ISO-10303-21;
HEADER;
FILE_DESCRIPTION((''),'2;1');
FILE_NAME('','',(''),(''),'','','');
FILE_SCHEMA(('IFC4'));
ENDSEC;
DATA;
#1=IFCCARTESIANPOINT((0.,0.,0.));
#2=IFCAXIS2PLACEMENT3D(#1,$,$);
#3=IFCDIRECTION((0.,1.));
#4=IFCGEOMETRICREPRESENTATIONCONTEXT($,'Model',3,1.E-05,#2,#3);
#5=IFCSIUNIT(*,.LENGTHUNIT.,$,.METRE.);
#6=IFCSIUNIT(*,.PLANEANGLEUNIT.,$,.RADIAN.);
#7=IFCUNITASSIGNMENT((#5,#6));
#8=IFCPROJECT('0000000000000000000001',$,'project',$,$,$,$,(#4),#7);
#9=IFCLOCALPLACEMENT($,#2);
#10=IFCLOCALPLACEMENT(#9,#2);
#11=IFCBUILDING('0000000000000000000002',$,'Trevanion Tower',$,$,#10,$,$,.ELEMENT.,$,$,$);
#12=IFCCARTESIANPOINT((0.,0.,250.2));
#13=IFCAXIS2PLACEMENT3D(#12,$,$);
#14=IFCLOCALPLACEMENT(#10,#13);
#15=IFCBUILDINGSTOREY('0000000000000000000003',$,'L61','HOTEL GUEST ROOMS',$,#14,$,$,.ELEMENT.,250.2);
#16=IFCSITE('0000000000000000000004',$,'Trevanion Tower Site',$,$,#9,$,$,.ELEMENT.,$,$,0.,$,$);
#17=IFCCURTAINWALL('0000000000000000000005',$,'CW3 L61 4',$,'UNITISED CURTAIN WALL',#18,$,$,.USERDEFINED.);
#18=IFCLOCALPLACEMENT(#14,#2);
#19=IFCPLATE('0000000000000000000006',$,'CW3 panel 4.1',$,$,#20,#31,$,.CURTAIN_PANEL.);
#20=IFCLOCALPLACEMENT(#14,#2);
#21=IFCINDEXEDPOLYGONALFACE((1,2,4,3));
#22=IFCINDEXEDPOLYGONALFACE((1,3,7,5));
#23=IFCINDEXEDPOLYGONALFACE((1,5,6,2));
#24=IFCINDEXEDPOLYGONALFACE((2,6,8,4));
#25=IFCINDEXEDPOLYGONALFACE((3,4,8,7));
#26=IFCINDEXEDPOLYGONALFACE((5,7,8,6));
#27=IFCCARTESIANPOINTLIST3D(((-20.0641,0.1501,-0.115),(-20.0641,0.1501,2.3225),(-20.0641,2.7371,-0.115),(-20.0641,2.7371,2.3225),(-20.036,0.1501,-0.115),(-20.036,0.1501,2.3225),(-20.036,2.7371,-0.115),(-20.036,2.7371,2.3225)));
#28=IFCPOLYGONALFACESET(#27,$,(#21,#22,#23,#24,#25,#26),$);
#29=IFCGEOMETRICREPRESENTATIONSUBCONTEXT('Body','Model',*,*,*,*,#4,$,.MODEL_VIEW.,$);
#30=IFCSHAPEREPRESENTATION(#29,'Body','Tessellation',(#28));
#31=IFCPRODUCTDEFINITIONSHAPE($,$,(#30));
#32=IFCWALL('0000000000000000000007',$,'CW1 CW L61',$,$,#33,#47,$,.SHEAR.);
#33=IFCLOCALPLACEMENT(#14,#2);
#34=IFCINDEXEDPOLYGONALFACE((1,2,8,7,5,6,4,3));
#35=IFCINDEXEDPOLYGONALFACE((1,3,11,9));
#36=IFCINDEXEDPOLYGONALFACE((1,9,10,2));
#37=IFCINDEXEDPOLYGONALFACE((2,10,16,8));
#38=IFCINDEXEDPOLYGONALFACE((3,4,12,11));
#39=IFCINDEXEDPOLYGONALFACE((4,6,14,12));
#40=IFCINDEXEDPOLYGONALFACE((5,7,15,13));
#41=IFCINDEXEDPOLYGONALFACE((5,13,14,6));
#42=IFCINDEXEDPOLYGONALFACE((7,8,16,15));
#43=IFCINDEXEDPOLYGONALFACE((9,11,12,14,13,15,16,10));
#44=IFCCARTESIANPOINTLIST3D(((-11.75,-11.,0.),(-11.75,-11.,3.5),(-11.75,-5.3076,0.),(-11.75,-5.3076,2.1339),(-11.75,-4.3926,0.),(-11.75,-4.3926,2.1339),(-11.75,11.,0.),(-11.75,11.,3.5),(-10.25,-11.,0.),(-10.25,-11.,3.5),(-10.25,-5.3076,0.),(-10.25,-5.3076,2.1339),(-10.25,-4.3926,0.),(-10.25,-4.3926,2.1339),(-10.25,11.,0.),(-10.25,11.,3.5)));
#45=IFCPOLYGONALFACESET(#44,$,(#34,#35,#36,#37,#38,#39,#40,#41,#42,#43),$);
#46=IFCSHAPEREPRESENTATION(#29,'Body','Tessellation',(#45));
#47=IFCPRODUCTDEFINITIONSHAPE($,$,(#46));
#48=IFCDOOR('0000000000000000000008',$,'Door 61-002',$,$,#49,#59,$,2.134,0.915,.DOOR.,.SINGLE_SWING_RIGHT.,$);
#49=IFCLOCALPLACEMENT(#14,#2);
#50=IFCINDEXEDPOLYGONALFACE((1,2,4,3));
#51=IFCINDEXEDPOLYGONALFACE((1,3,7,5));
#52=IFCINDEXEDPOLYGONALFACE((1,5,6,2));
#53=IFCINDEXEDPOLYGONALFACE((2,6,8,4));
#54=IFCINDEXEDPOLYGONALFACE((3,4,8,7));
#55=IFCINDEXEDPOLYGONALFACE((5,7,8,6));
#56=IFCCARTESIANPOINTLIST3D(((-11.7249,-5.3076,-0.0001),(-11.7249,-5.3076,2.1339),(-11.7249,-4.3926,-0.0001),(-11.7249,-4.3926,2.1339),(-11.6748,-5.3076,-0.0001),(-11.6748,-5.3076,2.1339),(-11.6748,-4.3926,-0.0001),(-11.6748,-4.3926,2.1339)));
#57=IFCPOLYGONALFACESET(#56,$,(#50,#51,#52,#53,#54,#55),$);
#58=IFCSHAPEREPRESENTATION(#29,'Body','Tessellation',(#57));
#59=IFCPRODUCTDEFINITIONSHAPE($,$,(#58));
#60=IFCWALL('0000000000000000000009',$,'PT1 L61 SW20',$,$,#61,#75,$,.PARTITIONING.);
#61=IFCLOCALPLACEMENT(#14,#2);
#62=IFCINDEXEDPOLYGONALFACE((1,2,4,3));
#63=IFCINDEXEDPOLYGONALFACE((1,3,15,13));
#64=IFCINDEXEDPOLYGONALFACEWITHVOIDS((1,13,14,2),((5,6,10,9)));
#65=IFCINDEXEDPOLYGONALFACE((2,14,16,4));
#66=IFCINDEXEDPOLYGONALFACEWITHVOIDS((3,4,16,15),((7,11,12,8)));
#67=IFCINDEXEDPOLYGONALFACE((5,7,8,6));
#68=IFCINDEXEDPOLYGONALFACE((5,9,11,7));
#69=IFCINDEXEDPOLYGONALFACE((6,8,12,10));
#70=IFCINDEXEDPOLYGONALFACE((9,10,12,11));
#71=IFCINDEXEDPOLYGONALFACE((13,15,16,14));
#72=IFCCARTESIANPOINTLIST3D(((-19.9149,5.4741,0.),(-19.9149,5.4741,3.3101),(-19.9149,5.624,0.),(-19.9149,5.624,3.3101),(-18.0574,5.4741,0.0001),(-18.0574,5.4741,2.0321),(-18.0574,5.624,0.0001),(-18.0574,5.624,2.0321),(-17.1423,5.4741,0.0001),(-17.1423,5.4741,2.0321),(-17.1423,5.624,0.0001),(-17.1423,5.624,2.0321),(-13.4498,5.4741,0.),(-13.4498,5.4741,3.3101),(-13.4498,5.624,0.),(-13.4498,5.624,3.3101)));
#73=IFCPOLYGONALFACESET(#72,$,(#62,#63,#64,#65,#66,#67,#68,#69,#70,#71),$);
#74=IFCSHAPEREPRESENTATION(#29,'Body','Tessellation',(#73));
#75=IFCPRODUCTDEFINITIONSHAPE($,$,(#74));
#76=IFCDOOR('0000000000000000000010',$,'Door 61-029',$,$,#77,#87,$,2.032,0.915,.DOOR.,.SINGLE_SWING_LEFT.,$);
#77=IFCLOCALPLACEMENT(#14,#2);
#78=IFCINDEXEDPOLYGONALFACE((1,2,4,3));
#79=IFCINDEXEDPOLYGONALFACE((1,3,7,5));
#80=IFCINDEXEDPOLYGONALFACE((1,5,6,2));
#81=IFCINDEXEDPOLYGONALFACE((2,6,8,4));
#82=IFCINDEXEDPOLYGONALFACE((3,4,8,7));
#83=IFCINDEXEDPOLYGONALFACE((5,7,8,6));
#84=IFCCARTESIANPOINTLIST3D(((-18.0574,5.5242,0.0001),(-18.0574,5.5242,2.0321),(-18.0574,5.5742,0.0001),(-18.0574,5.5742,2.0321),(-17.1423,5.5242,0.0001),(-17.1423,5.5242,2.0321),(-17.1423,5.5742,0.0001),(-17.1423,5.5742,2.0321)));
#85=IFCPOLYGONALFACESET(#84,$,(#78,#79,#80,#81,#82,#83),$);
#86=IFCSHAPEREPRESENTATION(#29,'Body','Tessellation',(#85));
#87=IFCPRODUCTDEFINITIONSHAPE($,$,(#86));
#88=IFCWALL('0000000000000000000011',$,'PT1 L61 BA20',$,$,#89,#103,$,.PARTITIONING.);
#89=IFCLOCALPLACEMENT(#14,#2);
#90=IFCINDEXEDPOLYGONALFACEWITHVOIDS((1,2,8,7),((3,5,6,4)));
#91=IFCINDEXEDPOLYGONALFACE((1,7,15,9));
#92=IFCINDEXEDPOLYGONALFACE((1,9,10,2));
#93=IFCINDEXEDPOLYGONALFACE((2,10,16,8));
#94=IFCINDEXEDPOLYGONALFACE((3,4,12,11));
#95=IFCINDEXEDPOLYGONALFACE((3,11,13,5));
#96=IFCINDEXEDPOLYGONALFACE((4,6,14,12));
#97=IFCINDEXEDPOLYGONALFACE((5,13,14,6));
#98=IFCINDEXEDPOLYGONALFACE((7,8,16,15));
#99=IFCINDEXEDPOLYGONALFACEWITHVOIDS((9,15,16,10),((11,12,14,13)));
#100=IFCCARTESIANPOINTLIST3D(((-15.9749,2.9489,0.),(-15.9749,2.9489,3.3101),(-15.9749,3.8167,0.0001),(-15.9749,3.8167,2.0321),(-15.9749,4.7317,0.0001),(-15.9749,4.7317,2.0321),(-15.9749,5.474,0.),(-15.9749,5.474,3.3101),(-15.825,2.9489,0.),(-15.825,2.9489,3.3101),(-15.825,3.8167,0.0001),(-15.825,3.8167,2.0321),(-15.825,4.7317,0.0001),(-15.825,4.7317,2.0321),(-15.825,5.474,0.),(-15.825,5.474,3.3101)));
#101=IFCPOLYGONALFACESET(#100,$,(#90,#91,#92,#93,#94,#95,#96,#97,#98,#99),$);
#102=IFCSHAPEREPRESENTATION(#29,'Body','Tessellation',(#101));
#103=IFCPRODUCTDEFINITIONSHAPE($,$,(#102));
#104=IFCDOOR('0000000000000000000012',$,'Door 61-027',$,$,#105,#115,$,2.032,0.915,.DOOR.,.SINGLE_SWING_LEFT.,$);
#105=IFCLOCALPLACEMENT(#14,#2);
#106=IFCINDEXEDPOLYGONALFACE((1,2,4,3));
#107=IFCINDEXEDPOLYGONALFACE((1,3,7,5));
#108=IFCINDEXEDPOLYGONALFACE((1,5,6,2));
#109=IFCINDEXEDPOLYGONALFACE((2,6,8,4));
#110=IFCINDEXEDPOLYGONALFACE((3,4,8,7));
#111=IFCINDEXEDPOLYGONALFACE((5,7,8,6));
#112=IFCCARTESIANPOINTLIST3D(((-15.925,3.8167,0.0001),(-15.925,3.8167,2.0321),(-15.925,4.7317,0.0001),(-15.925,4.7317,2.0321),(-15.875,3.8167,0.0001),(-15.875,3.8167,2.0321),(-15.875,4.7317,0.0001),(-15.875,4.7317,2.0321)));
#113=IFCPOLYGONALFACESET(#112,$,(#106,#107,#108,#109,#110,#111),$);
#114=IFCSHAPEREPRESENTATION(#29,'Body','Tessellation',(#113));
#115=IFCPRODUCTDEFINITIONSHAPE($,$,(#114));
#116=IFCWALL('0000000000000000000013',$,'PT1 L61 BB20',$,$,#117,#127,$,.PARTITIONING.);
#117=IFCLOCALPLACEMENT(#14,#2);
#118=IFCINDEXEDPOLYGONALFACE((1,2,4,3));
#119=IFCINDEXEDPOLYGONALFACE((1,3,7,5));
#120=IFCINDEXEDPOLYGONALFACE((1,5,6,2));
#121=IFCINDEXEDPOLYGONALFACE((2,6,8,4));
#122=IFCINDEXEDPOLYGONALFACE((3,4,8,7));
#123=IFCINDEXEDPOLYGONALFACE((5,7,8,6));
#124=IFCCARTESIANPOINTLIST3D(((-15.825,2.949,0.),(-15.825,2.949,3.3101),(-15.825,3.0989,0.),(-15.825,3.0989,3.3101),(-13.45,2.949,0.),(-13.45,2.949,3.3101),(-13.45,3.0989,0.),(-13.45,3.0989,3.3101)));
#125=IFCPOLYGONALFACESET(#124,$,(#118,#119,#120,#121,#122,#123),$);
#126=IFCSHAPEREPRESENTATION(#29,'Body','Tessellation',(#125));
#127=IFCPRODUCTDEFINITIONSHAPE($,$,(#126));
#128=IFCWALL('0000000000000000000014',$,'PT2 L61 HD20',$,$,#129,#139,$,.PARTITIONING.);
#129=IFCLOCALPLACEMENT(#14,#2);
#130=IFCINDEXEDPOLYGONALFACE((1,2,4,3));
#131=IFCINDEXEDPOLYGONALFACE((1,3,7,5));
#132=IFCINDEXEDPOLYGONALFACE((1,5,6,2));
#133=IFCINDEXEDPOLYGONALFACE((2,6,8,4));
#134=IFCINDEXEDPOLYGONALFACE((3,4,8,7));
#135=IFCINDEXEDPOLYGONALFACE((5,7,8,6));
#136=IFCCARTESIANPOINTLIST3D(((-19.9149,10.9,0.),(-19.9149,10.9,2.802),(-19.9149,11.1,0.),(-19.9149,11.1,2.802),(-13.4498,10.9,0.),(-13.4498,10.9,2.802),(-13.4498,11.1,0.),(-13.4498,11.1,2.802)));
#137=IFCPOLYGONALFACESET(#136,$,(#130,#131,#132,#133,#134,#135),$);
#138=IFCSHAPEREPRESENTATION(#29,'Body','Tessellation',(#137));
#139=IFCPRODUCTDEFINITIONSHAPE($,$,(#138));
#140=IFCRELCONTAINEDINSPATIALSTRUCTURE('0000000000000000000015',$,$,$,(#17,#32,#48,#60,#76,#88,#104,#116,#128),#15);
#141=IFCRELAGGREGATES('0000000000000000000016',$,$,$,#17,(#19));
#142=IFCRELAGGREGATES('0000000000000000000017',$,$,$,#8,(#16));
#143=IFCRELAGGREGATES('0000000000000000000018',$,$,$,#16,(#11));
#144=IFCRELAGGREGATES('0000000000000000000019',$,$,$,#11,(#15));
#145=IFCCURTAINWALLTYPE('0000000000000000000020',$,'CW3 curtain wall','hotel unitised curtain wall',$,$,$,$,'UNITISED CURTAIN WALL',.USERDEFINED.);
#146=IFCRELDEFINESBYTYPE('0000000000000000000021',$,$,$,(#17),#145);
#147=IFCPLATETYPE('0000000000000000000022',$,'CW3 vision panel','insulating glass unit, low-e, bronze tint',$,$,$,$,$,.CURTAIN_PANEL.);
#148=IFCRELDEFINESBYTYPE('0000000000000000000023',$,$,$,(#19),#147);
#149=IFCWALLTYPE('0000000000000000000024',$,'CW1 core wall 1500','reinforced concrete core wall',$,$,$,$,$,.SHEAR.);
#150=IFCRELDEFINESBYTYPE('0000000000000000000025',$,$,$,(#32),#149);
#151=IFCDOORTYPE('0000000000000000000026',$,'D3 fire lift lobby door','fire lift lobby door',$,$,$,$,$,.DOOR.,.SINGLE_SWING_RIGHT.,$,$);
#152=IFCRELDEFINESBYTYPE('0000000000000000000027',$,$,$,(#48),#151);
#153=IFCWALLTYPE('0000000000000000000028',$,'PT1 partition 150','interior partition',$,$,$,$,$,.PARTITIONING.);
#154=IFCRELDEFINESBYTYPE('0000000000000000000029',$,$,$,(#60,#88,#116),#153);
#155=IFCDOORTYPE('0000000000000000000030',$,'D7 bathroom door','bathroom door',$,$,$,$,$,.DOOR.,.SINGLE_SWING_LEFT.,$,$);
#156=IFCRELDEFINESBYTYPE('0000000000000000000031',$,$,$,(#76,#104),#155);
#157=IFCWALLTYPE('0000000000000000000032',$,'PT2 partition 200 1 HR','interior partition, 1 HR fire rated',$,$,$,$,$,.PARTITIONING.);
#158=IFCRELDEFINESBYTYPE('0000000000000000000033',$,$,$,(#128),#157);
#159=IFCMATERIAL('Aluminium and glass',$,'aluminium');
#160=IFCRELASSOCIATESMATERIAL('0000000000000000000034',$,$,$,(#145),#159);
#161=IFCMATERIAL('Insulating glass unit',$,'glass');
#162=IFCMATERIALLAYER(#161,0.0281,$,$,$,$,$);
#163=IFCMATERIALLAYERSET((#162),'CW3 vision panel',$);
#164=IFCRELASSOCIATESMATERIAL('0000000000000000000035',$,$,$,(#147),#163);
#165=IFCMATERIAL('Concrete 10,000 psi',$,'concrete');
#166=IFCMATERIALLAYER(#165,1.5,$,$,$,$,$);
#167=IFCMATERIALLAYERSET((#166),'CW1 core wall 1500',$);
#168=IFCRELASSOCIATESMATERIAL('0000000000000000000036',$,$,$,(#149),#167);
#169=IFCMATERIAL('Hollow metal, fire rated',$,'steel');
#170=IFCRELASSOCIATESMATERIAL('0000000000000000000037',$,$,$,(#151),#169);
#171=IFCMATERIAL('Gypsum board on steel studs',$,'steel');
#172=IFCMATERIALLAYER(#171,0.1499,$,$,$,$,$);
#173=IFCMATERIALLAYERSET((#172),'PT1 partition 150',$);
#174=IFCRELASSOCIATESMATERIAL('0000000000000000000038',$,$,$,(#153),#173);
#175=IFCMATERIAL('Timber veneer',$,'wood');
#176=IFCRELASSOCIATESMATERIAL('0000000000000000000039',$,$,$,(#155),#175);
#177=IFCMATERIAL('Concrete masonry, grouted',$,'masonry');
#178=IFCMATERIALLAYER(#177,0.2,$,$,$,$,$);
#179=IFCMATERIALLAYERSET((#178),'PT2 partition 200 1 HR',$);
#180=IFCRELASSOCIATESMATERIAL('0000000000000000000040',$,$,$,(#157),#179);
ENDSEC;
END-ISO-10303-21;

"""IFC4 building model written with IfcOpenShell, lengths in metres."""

from ifc_helpers import new_model, si_unit, direction, frame, frame_2d, origin, origin_2d, place, context, subcontext, project, spatial, rectangle, extrude, material, layer, layer_set, type_object, element, fill, aggregate, save


model = new_model("IFC4")

# Units and contexts
model_context = context("Model", 3, precision=1e-05, world=origin(), true_north=direction((0.0, 1.0)))
body_context = subcontext(model_context, "Body", "Model", "MODEL_VIEW")
ifc_project = project(units=[si_unit("LENGTHUNIT", "METRE"), si_unit("PLANEANGLEUNIT", "RADIAN")], contexts=[model_context])

# Site, building, storey
site_placement = place(None, origin())
site = spatial("IfcSite", under=ifc_project, at=site_placement, Name="Trevanion Tower Site", CompositionType="ELEMENT", RefElevation=0.0)
building_placement = place(site_placement, origin())
building = spatial("IfcBuilding", under=site, at=building_placement, Name="Trevanion Tower", CompositionType="ELEMENT")
storey_placement = place(building_placement, frame((0.0, 0.0, 250.2)))
storey = spatial("IfcBuildingStorey", under=building, at=storey_placement, Name="L61", Description="HOTEL GUEST ROOMS", CompositionType="ELEMENT", Elevation=250.2)

# Curtain wall
ifc_material_1 = material(Name="Aluminium and glass", Category="aluminium")
curtain_wall_type = type_object("IfcCurtainWallType", Name="CW3 curtain wall", Description="hotel unitised curtain wall", ElementType="UNITISED CURTAIN WALL", PredefinedType="USERDEFINED", material=ifc_material_1)
curtain_wall_placement = place(storey_placement, origin())
curtain_wall = element("IfcCurtainWall", 1, at=curtain_wall_placement, inside=storey, type_object=curtain_wall_type, Name="CW3 L61 4", ObjectType="UNITISED CURTAIN WALL", PredefinedType="USERDEFINED")

# Plate
ifc_material_2 = material(Name="Insulating glass unit", Category="glass")
ifc_layer_1 = layer(ifc_material_2, 0.0281)
ifc_layer_set_1 = layer_set([ifc_layer_1], Name="CW3 vision panel")
plate_type_1 = type_object("IfcPlateType", Name="CW3 vision panel", Description="insulating glass unit, low-e, bronze tint", PredefinedType="CURTAIN_PANEL", material=ifc_layer_set_1)
plate_1_placement = place(storey_placement, frame((-20.05, 1.4436, -0.115), z_axis=(0.0, 0.0, 1.0), x_axis=(0.0, -1.0, 0.0)))
plate_1 = element("IfcPlate", 2, at=plate_1_placement, type_object=plate_type_1, Name="CW3 panel 4.1", PredefinedType="CURTAIN_PANEL", context=body_context, shape_type="SweptSolid", body=[
    extrude(rectangle(XDim=2.5869, YDim=0.0281, at=origin_2d()), origin(), (0.0, 0.0, 1.0), 2.4375),
])
aggregate(curtain_wall, [plate_1])

# Walls, openings, doors
ifc_material_3 = material(Name="Concrete 10,000 psi", Category="concrete")
ifc_layer_2 = layer(ifc_material_3, 1.5)
ifc_layer_set_2 = layer_set([ifc_layer_2], Name="CW1 core wall 1500")
wall_type_1 = type_object("IfcWallType", Name="CW1 core wall 1500", Description="reinforced concrete core wall", PredefinedType="SHEAR", material=ifc_layer_set_2)
wall_1_placement = place(storey_placement, frame((-11.0, 11.0, 0.0), z_axis=(0.0, 0.0, 1.0), x_axis=(0.0, -1.0, 0.0)))
wall_1 = element("IfcWall", 3, at=wall_1_placement, inside=storey, type_object=wall_type_1, Name="CW1 CW L61", PredefinedType="SHEAR", context=body_context, shape_type="SweptSolid", body=[
    extrude(rectangle(XDim=22.0, YDim=1.5, at=frame_2d((11.0, 0.0))), origin(), (0.0, 0.0, 1.0), 3.5),
])
opening_1_placement = place(wall_1_placement, frame((15.3926, 0.0, 0.0)))
opening_1 = element("IfcOpeningElement", 4, at=opening_1_placement, cuts=wall_1, PredefinedType="OPENING", context=body_context, shape_type="SweptSolid", body=[
    extrude(rectangle(XDim=0.915, YDim=2.134, at=frame_2d((0.4575, 1.0669))), frame((0.0, 0.76, 0.0), z_axis=(0.0, -1.0, 0.0), x_axis=(1.0, 0.0, 0.0)), (0.0, 0.0, 1.0), 1.52),
])
ifc_material_4 = material(Name="Hollow metal, fire rated", Category="steel")
door_type_1 = type_object("IfcDoorType", Name="D3 fire lift lobby door", Description="fire lift lobby door", OperationType="SINGLE_SWING_RIGHT", PredefinedType="DOOR", material=ifc_material_4)
door_1_placement = place(opening_1_placement, origin())
door_1 = element("IfcDoor", 5, at=door_1_placement, inside=storey, type_object=door_type_1, Name="Door 61-002", OperationType="SINGLE_SWING_RIGHT", OverallHeight=2.134, OverallWidth=0.915, PredefinedType="DOOR", context=body_context, shape_type="SweptSolid", body=[
    extrude(rectangle(XDim=0.915, YDim=2.134, at=frame_2d((0.4575, 1.0669))), frame((0.0, -0.6748, 0.0), z_axis=(0.0, -1.0, 0.0), x_axis=(1.0, 0.0, 0.0)), (0.0, 0.0, 1.0), 0.05),
])
fill(opening_1, door_1)
ifc_material_5 = material(Name="Gypsum board on steel studs", Category="steel")
ifc_layer_3 = layer(ifc_material_5, 0.1499)
ifc_layer_set_3 = layer_set([ifc_layer_3], Name="PT1 partition 150")
wall_type_2 = type_object("IfcWallType", Name="PT1 partition 150", Description="interior partition", PredefinedType="PARTITIONING", material=ifc_layer_set_3)
wall_2_placement = place(storey_placement, frame((-13.45, 5.5491, 0.0), z_axis=(0.0, 0.0, 1.0), x_axis=(-1.0, 0.0, 0.0)))
wall_2 = element("IfcWall", 6, at=wall_2_placement, inside=storey, type_object=wall_type_2, Name="PT1 L61 SW20", PredefinedType="PARTITIONING", context=body_context, shape_type="SweptSolid", body=[
    extrude(rectangle(XDim=6.4651, YDim=0.1499, at=frame_2d((3.2324, 0.0))), origin(), (0.0, 0.0, 1.0), 3.3101),
])
opening_2_placement = place(wall_2_placement, frame((3.6924, 0.0, 0.0)))
opening_2 = element("IfcOpeningElement", 7, at=opening_2_placement, cuts=wall_2, PredefinedType="OPENING", context=body_context, shape_type="SweptSolid", body=[
    extrude(rectangle(XDim=0.915, YDim=2.032, at=frame_2d((0.4575, 1.0161))), frame((0.0, 0.085, 0.0), z_axis=(0.0, -1.0, 0.0), x_axis=(1.0, 0.0, 0.0)), (0.0, 0.0, 1.0), 0.1699),
])
ifc_material_6 = material(Name="Timber veneer", Category="wood")
door_type_2 = type_object("IfcDoorType", Name="D7 bathroom door", Description="bathroom door", OperationType="SINGLE_SWING_LEFT", PredefinedType="DOOR", material=ifc_material_6)
door_2_placement = place(opening_2_placement, origin())
door_2 = element("IfcDoor", 8, at=door_2_placement, inside=storey, type_object=door_type_2, Name="Door 61-029", OperationType="SINGLE_SWING_LEFT", OverallHeight=2.032, OverallWidth=0.915, PredefinedType="DOOR", context=body_context, shape_type="SweptSolid", body=[
    extrude(rectangle(XDim=0.915, YDim=2.032, at=frame_2d((0.4575, 1.0161))), frame((0.0, 0.0249, 0.0), z_axis=(0.0, -1.0, 0.0), x_axis=(1.0, 0.0, 0.0)), (0.0, 0.0, 1.0), 0.05),
])
fill(opening_2, door_2)
wall_3_placement = place(storey_placement, frame((-15.8999, 5.4741, 0.0), z_axis=(0.0, 0.0, 1.0), x_axis=(0.0, -1.0, 0.0)))
wall_3 = element("IfcWall", 9, at=wall_3_placement, inside=storey, type_object=wall_type_2, Name="PT1 L61 BA20", PredefinedType="PARTITIONING", context=body_context, shape_type="SweptSolid", body=[
    extrude(rectangle(XDim=2.5251, YDim=0.1499, at=frame_2d((1.2627, 0.0))), origin(), (0.0, 0.0, 1.0), 3.3101),
])
opening_3_placement = place(wall_3_placement, frame((0.7424, 0.0, 0.0)))
opening_3 = element("IfcOpeningElement", 10, at=opening_3_placement, cuts=wall_3, PredefinedType="OPENING", context=body_context, shape_type="SweptSolid", body=[
    extrude(rectangle(XDim=0.915, YDim=2.032, at=frame_2d((0.4575, 1.0161))), frame((0.0, 0.085, 0.0), z_axis=(0.0, -1.0, 0.0), x_axis=(1.0, 0.0, 0.0)), (0.0, 0.0, 1.0), 0.1699),
])
door_3_placement = place(opening_3_placement, origin())
door_3 = element("IfcDoor", 11, at=door_3_placement, inside=storey, type_object=door_type_2, Name="Door 61-027", OperationType="SINGLE_SWING_LEFT", OverallHeight=2.032, OverallWidth=0.915, PredefinedType="DOOR", context=body_context, shape_type="SweptSolid", body=[
    extrude(rectangle(XDim=0.915, YDim=2.032, at=frame_2d((0.4575, 1.0161))), frame((0.0, 0.0249, 0.0), z_axis=(0.0, -1.0, 0.0), x_axis=(1.0, 0.0, 0.0)), (0.0, 0.0, 1.0), 0.05),
])
fill(opening_3, door_3)

# Walls
wall_4_placement = place(storey_placement, frame((-13.45, 3.0239, 0.0), z_axis=(0.0, 0.0, 1.0), x_axis=(-1.0, 0.0, 0.0)))
element("IfcWall", 12, at=wall_4_placement, inside=storey, type_object=wall_type_2, Name="PT1 L61 BB20", PredefinedType="PARTITIONING", context=body_context, shape_type="SweptSolid", body=[
    extrude(rectangle(XDim=2.375, YDim=0.1499, at=frame_2d((1.1875, 0.0))), origin(), (0.0, 0.0, 1.0), 3.3101),
])
ifc_material_7 = material(Name="Concrete masonry, grouted", Category="masonry")
ifc_layer_4 = layer(ifc_material_7, 0.2)
ifc_layer_set_4 = layer_set([ifc_layer_4], Name="PT2 partition 200 1 HR")
wall_type_3 = type_object("IfcWallType", Name="PT2 partition 200 1 HR", Description="interior partition, 1 HR fire rated", PredefinedType="PARTITIONING", material=ifc_layer_set_4)
wall_5_placement = place(storey_placement, frame((-13.45, 11.0, 0.0), z_axis=(0.0, 0.0, 1.0), x_axis=(-1.0, 0.0, 0.0)))
element("IfcWall", 13, at=wall_5_placement, inside=storey, type_object=wall_type_3, Name="PT2 L61 HD20", PredefinedType="PARTITIONING", context=body_context, shape_type="SweptSolid", body=[
    extrude(rectangle(XDim=6.4651, YDim=0.2, at=frame_2d((3.2324, 0.0))), origin(), (0.0, 0.0, 1.0), 2.802),
])

save(model, "model.ifc")
